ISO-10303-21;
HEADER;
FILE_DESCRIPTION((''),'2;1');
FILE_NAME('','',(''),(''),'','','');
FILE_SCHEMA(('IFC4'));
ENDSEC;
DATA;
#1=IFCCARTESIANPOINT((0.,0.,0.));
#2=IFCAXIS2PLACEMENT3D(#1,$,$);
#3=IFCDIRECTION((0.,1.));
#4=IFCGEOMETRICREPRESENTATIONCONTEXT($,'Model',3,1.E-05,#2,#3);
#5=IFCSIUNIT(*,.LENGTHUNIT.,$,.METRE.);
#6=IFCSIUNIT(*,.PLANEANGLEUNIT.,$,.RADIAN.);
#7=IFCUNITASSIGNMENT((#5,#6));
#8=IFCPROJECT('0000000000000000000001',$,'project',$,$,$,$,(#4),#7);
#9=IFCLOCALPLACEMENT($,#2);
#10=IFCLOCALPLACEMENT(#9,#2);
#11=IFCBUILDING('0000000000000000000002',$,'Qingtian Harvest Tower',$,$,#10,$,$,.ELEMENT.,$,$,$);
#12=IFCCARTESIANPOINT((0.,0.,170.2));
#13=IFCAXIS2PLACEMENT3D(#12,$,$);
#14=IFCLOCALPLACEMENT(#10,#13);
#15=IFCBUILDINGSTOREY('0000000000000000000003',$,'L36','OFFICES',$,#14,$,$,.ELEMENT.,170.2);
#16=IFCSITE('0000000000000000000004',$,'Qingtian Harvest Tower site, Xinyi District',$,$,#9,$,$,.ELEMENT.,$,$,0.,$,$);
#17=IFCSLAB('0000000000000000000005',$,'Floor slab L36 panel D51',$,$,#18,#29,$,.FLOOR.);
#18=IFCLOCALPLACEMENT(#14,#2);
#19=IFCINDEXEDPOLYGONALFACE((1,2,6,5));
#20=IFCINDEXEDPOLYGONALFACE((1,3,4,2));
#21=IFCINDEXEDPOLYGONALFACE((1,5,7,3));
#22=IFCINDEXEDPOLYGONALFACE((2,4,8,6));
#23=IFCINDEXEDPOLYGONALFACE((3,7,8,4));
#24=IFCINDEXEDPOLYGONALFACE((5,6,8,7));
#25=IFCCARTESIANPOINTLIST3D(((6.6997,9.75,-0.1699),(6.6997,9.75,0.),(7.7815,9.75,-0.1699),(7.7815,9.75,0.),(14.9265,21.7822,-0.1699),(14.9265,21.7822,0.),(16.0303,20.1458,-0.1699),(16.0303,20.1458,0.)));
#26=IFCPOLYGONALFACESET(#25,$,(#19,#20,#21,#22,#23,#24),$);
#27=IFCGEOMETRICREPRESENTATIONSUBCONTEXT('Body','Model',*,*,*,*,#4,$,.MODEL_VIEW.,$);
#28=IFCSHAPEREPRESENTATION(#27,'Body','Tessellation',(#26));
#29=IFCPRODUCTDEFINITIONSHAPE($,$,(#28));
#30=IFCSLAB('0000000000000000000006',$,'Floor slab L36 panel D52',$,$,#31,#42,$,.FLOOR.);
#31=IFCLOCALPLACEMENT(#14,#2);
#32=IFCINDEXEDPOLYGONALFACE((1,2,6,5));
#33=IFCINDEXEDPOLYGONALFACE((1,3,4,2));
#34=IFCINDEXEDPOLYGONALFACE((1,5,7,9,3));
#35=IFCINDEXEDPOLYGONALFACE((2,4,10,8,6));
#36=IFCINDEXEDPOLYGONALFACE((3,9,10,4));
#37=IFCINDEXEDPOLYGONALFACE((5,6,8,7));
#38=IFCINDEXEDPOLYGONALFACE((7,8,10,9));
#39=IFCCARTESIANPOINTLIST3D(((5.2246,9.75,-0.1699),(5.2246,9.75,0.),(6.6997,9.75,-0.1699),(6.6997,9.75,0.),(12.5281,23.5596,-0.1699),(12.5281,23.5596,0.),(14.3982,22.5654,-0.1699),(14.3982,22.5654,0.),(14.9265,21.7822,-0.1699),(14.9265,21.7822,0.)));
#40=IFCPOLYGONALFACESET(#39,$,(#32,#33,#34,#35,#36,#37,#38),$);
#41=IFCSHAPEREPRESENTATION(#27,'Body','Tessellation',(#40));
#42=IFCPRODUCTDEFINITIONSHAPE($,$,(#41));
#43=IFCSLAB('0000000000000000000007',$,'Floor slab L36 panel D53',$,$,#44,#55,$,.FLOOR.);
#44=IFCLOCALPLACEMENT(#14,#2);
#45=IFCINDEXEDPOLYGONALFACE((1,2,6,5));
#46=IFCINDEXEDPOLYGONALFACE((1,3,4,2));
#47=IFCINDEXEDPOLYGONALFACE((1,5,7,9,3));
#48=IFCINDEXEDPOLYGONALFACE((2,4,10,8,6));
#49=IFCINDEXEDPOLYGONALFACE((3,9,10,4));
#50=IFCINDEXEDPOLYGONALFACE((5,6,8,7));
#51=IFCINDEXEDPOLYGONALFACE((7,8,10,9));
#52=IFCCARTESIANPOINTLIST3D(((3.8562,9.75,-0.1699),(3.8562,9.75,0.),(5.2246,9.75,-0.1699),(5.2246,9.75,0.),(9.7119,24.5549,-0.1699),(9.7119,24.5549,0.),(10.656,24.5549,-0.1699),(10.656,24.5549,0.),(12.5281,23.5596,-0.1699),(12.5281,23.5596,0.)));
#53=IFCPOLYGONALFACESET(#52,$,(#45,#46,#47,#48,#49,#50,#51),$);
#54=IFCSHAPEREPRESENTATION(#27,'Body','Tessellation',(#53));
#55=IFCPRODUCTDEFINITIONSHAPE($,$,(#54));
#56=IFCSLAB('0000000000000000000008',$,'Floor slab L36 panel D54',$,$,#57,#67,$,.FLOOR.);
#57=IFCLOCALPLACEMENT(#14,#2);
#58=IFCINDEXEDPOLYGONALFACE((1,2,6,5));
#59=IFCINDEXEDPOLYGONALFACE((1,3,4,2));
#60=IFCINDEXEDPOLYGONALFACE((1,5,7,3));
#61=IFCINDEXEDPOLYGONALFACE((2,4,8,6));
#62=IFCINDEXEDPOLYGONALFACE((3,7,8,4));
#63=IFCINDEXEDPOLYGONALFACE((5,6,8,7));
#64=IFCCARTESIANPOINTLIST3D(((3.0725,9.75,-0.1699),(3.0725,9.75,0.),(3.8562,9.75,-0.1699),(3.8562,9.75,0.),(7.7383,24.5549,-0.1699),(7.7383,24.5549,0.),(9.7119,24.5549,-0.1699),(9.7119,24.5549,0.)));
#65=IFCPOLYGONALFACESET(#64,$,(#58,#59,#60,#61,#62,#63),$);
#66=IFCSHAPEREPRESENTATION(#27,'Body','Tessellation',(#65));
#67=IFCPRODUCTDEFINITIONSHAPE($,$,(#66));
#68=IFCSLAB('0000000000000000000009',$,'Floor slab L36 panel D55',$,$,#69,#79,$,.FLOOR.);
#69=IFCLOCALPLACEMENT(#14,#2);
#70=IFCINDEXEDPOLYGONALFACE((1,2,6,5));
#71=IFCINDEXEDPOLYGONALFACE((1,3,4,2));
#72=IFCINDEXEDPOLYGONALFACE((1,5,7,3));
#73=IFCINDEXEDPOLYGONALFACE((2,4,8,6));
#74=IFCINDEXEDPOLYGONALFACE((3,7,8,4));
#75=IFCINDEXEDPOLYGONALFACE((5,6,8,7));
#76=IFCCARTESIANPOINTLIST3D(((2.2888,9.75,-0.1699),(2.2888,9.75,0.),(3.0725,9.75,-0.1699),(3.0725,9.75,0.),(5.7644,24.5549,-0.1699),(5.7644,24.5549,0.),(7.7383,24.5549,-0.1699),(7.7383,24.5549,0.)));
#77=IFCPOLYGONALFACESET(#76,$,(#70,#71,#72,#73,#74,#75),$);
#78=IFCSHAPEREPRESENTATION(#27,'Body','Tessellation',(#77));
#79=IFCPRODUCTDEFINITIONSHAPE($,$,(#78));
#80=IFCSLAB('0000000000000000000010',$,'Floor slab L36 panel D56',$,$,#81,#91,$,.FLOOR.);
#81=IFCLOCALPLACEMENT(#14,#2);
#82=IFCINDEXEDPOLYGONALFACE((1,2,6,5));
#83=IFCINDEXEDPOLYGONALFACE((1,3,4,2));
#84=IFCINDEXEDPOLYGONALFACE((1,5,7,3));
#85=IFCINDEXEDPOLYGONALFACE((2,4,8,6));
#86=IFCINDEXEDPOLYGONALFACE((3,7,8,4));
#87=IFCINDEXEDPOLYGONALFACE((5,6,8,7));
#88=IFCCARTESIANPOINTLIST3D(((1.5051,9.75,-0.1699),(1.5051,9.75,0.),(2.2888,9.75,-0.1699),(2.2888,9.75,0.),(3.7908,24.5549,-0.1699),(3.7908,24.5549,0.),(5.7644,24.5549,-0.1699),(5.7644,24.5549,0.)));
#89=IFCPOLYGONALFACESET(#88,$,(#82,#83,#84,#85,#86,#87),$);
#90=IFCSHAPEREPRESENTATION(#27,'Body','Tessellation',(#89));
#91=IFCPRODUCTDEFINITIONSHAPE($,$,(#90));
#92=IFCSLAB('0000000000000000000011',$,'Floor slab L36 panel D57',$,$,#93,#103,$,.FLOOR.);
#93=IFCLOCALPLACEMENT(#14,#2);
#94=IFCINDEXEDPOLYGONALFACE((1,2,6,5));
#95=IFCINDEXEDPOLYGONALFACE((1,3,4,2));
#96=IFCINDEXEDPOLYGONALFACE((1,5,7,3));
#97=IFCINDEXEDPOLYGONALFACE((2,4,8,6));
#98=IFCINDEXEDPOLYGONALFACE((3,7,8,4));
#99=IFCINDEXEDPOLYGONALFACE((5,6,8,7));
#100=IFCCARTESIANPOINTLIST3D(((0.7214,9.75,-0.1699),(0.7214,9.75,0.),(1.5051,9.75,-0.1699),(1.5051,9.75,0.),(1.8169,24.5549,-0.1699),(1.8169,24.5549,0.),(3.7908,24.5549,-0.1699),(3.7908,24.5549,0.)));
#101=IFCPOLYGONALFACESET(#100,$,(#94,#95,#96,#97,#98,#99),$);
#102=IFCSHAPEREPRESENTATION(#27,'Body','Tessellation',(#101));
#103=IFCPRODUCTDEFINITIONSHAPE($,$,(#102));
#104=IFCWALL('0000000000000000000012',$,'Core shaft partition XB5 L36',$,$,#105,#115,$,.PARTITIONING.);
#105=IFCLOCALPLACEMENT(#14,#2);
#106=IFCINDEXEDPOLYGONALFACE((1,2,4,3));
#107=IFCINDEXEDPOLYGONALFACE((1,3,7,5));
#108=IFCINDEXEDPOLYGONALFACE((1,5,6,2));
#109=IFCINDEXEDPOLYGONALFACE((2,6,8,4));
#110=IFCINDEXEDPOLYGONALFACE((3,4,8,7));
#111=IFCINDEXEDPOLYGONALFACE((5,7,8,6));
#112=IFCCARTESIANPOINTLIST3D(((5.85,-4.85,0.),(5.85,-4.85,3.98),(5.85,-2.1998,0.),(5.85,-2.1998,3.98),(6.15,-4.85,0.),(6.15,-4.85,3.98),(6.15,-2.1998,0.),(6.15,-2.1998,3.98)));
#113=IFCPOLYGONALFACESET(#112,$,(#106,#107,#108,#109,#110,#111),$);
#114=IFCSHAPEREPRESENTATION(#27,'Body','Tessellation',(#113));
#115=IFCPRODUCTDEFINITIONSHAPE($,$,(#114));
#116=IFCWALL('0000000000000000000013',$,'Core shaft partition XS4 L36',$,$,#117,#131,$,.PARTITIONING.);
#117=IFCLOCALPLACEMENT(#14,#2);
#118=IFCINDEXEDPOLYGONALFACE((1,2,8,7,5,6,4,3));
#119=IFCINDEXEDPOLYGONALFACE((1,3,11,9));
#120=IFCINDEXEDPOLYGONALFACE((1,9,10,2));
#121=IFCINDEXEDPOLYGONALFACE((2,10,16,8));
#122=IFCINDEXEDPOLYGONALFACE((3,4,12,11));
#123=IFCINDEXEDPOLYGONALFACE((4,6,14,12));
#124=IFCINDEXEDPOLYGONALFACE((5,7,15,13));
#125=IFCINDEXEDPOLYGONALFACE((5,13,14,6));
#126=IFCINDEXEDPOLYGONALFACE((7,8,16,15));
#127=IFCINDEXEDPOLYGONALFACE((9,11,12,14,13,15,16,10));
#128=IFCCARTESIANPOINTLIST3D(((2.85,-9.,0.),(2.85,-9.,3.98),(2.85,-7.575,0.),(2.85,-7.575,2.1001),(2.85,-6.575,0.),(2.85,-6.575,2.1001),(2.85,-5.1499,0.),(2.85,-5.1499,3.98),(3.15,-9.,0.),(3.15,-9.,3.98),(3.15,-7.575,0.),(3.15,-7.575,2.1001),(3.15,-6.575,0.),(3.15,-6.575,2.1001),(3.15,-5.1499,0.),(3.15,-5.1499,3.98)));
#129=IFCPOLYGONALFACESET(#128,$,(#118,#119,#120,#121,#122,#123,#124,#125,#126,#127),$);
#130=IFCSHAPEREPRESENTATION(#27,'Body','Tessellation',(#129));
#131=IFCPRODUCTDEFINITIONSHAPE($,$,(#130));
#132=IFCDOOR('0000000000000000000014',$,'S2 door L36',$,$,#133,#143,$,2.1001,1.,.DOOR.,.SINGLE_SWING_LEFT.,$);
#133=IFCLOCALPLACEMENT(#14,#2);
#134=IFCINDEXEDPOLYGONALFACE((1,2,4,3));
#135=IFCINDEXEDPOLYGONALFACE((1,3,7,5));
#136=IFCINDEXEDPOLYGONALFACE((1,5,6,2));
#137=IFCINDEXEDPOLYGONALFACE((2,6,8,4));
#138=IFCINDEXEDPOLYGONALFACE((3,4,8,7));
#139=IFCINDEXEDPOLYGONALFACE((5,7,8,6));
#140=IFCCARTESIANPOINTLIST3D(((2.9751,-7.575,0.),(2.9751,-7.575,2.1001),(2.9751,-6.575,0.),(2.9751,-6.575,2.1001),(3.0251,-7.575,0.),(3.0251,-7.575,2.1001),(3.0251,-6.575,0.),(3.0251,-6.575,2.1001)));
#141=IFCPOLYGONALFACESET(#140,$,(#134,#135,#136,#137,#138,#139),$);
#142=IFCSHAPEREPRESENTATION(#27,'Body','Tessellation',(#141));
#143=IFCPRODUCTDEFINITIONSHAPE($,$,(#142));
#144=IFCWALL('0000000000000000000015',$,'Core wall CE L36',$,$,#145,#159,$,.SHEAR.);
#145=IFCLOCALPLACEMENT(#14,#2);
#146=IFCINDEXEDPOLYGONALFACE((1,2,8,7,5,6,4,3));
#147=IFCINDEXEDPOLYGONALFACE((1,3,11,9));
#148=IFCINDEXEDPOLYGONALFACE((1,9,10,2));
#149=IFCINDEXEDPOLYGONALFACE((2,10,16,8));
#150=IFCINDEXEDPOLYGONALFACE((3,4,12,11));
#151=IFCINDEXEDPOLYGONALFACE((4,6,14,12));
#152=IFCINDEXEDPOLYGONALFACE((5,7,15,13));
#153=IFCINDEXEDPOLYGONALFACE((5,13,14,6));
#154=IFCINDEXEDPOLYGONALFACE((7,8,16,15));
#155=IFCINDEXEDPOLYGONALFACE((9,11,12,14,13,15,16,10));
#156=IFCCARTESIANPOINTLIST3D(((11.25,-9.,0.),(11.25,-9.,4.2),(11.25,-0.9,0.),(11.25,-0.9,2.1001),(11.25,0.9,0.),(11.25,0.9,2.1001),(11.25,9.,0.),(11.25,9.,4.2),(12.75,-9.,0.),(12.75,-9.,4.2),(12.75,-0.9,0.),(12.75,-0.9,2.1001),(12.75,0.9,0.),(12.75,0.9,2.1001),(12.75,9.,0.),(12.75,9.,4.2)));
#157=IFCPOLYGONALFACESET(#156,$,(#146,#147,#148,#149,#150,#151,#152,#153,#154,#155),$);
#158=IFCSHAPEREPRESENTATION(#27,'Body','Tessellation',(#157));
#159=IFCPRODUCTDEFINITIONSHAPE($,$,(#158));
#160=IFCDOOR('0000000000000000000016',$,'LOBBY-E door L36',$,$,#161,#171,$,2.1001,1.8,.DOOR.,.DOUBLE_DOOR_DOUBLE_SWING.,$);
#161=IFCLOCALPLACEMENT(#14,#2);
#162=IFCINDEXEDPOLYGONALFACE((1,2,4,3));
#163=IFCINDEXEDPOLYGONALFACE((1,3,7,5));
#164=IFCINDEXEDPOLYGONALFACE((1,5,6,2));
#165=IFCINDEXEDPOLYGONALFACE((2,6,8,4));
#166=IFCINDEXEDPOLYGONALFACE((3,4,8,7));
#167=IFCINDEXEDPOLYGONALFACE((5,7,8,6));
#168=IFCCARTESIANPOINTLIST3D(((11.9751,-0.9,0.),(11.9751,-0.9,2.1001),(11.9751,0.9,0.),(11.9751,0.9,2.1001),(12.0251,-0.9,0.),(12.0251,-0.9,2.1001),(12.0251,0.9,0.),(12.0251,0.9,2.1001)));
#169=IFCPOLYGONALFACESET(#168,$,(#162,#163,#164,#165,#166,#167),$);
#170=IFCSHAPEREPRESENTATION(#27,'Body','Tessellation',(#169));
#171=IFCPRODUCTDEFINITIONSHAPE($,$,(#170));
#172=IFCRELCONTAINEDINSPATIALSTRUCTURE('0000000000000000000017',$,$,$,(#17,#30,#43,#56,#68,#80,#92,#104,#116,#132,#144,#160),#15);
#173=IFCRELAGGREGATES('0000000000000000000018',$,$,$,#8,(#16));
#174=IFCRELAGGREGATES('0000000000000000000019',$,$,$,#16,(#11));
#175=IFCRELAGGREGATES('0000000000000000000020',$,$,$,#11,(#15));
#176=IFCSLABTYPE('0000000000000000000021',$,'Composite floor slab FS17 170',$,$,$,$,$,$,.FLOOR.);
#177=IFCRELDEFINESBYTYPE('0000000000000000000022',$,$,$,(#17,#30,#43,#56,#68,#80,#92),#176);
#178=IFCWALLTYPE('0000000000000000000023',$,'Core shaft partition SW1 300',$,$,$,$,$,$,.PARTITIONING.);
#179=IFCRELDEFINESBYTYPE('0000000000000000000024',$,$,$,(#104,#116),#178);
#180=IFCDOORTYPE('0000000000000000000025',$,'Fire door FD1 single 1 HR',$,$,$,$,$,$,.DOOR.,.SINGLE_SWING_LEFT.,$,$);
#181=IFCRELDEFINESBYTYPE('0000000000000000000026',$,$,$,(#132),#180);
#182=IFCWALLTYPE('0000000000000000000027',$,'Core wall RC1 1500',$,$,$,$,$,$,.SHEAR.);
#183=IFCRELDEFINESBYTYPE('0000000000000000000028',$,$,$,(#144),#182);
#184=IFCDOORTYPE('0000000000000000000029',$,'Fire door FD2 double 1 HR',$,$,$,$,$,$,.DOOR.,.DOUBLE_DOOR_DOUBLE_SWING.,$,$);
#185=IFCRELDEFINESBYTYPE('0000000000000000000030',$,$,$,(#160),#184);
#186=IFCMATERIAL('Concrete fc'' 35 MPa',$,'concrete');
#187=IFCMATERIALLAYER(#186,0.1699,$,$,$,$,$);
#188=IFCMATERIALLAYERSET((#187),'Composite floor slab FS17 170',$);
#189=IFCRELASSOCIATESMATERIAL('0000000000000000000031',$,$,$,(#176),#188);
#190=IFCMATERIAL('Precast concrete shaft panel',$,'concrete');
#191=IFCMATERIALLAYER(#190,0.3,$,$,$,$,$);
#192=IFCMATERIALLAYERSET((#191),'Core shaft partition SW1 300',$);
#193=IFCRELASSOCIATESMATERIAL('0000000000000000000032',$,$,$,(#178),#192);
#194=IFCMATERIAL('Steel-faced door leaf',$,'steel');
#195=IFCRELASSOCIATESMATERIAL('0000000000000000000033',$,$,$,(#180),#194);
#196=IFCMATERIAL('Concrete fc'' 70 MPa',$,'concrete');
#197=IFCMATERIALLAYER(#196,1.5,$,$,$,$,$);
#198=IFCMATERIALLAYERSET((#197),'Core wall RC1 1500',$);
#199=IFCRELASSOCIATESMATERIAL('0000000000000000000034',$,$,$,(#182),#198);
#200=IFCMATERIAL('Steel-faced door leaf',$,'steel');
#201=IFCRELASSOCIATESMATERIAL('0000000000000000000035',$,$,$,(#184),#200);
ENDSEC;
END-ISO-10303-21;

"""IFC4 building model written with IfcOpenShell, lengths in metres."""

from ifc_helpers import new_model, si_unit, direction, frame, frame_2d, origin, place, context, subcontext, project, spatial, polyline, rectangle, outline, extrude, material, layer, layer_set, type_object, element, fill, save


model = new_model("IFC4")

# Units and contexts
model_context = context("Model", 3, precision=1e-05, world=origin(), true_north=direction((0.0, 1.0)))
body_context = subcontext(model_context, "Body", "Model", "MODEL_VIEW")
ifc_project = project(units=[si_unit("LENGTHUNIT", "METRE"), si_unit("PLANEANGLEUNIT", "RADIAN")], contexts=[model_context])

# Site, building, storey
site_placement = place(None, origin())
site = spatial("IfcSite", under=ifc_project, at=site_placement, Name="Qingtian Harvest Tower site, Xinyi District", CompositionType="ELEMENT", RefElevation=0.0)
building_placement = place(site_placement, origin())
building = spatial("IfcBuilding", under=site, at=building_placement, Name="Qingtian Harvest Tower", CompositionType="ELEMENT")
storey_placement = place(building_placement, frame((0.0, 0.0, 170.2)))
storey = spatial("IfcBuildingStorey", under=building, at=storey_placement, Name="L36", Description="OFFICES", CompositionType="ELEMENT", Elevation=170.2)

# Slabs
ifc_material_1 = material(Name="Concrete fc' 35 MPa", Category="concrete")
ifc_layer_1 = layer(ifc_material_1, 0.1699)
ifc_layer_set_1 = layer_set([ifc_layer_1], Name="Composite floor slab FS17 170")
slab_type = type_object("IfcSlabType", Name="Composite floor slab FS17 170", PredefinedType="FLOOR", material=ifc_layer_set_1)
slab_1_placement = place(storey_placement, frame((0.0, 0.0, -0.1699)))
element("IfcSlab", 1, at=slab_1_placement, inside=storey, type_object=slab_type, Name="Floor slab L36 panel D51", PredefinedType="FLOOR", context=body_context, shape_type="SweptSolid", body=[
    extrude(outline(polyline([(6.6997, 9.75), (14.9265, 21.7822), (16.0303, 20.1458), (7.7815, 9.75), (6.6997, 9.75)])), origin(), (0.0, 0.0, 1.0), 0.1699),
])
slab_2_placement = place(storey_placement, frame((0.0, 0.0, -0.1699)))
element("IfcSlab", 2, at=slab_2_placement, inside=storey, type_object=slab_type, Name="Floor slab L36 panel D52", PredefinedType="FLOOR", context=body_context, shape_type="SweptSolid", body=[
    extrude(outline(polyline([(6.6997, 9.75), (5.2246, 9.75), (12.5281, 23.5596), (14.3982, 22.5654), (14.9265, 21.7822), (6.6997, 9.75)])), origin(), (0.0, 0.0, 1.0), 0.1699),
])
slab_3_placement = place(storey_placement, frame((0.0, 0.0, -0.1699)))
element("IfcSlab", 3, at=slab_3_placement, inside=storey, type_object=slab_type, Name="Floor slab L36 panel D53", PredefinedType="FLOOR", context=body_context, shape_type="SweptSolid", body=[
    extrude(outline(polyline([(3.8562, 9.75), (9.7119, 24.5549), (10.656, 24.5549), (12.5281, 23.5596), (5.2246, 9.75), (3.8562, 9.75)])), origin(), (0.0, 0.0, 1.0), 0.1699),
])
slab_4_placement = place(storey_placement, frame((0.0, 0.0, -0.1699)))
element("IfcSlab", 4, at=slab_4_placement, inside=storey, type_object=slab_type, Name="Floor slab L36 panel D54", PredefinedType="FLOOR", context=body_context, shape_type="SweptSolid", body=[
    extrude(outline(polyline([(3.0725, 9.75), (7.7383, 24.5549), (9.7119, 24.5549), (3.8562, 9.75), (3.0725, 9.75)])), origin(), (0.0, 0.0, 1.0), 0.1699),
])
slab_5_placement = place(storey_placement, frame((0.0, 0.0, -0.1699)))
element("IfcSlab", 5, at=slab_5_placement, inside=storey, type_object=slab_type, Name="Floor slab L36 panel D55", PredefinedType="FLOOR", context=body_context, shape_type="SweptSolid", body=[
    extrude(outline(polyline([(2.2888, 9.75), (5.7644, 24.5549), (7.7383, 24.5549), (3.0725, 9.75), (2.2888, 9.75)])), origin(), (0.0, 0.0, 1.0), 0.1699),
])
slab_6_placement = place(storey_placement, frame((0.0, 0.0, -0.1699)))
element("IfcSlab", 6, at=slab_6_placement, inside=storey, type_object=slab_type, Name="Floor slab L36 panel D56", PredefinedType="FLOOR", context=body_context, shape_type="SweptSolid", body=[
    extrude(outline(polyline([(1.5051, 9.75), (3.7908, 24.5549), (5.7644, 24.5549), (2.2888, 9.75), (1.5051, 9.75)])), origin(), (0.0, 0.0, 1.0), 0.1699),
])
slab_7_placement = place(storey_placement, frame((0.0, 0.0, -0.1699)))
element("IfcSlab", 7, at=slab_7_placement, inside=storey, type_object=slab_type, Name="Floor slab L36 panel D57", PredefinedType="FLOOR", context=body_context, shape_type="SweptSolid", body=[
    extrude(outline(polyline([(0.7214, 9.75), (1.8169, 24.5549), (3.7908, 24.5549), (1.5051, 9.75), (0.7214, 9.75)])), origin(), (0.0, 0.0, 1.0), 0.1699),
])

# Wall
ifc_material_2 = material(Name="Precast concrete shaft panel", Category="concrete")
ifc_layer_2 = layer(ifc_material_2, 0.3)
ifc_layer_set_2 = layer_set([ifc_layer_2], Name="Core shaft partition SW1 300")
wall_type_1 = type_object("IfcWallType", Name="Core shaft partition SW1 300", PredefinedType="PARTITIONING", material=ifc_layer_set_2)
wall_1_placement = place(storey_placement, frame((6.0, -4.8501, 0.0), z_axis=(0.0, 0.0, 1.0), x_axis=(0.0, 1.0, 0.0)))
element("IfcWall", 8, at=wall_1_placement, inside=storey, type_object=wall_type_1, Name="Core shaft partition XB5 L36", PredefinedType="PARTITIONING", context=body_context, shape_type="SweptSolid", body=[
    extrude(rectangle(XDim=2.6501, YDim=0.3, at=frame_2d((1.3252, 0.0))), origin(), (0.0, 0.0, 1.0), 3.98),
])

# Walls, openings, doors
wall_2_placement = place(storey_placement, frame((3.0, -9.0, 0.0), z_axis=(0.0, 0.0, 1.0), x_axis=(0.0, 1.0, 0.0)))
wall_2 = element("IfcWall", 9, at=wall_2_placement, inside=storey, type_object=wall_type_1, Name="Core shaft partition XS4 L36", PredefinedType="PARTITIONING", context=body_context, shape_type="SweptSolid", body=[
    extrude(rectangle(XDim=3.8501, YDim=0.3, at=frame_2d((1.925, 0.0))), origin(), (0.0, 0.0, 1.0), 3.98),
])
opening_1_placement = place(wall_2_placement, frame((1.425, 0.0, 0.0)))
opening_1 = element("IfcOpeningElement", 10, at=opening_1_placement, cuts=wall_2, PredefinedType="OPENING", context=body_context, shape_type="SweptSolid", body=[
    extrude(rectangle(XDim=1.0, YDim=2.1001, at=frame_2d((0.5, 1.05))), frame((0.0, 0.1599, 0.0), z_axis=(0.0, -1.0, 0.0), x_axis=(1.0, 0.0, 0.0)), (0.0, 0.0, 1.0), 0.3201),
])
ifc_material_3 = material(Name="Steel-faced door leaf", Category="steel")
door_type_1 = type_object("IfcDoorType", Name="Fire door FD1 single 1 HR", OperationType="SINGLE_SWING_LEFT", PredefinedType="DOOR", material=ifc_material_3)
door_1_placement = place(opening_1_placement, origin())
door_1 = element("IfcDoor", 11, at=door_1_placement, inside=storey, type_object=door_type_1, Name="S2 door L36", OperationType="SINGLE_SWING_LEFT", OverallHeight=2.1001, OverallWidth=1.0, PredefinedType="DOOR", context=body_context, shape_type="SweptSolid", body=[
    extrude(rectangle(XDim=1.0, YDim=2.1001, at=frame_2d((0.5, 1.05))), frame((0.0, 0.0249, 0.0), z_axis=(0.0, -1.0, 0.0), x_axis=(1.0, 0.0, 0.0)), (0.0, 0.0, 1.0), 0.05),
])
fill(opening_1, door_1)
ifc_material_4 = material(Name="Concrete fc' 70 MPa", Category="concrete")
ifc_layer_3 = layer(ifc_material_4, 1.5)
ifc_layer_set_3 = layer_set([ifc_layer_3], Name="Core wall RC1 1500")
wall_type_2 = type_object("IfcWallType", Name="Core wall RC1 1500", PredefinedType="SHEAR", material=ifc_layer_set_3)
wall_3_placement = place(storey_placement, frame((12.0, -9.0, 0.0), z_axis=(0.0, 0.0, 1.0), x_axis=(0.0, 1.0, 0.0)))
wall_3 = element("IfcWall", 12, at=wall_3_placement, inside=storey, type_object=wall_type_2, Name="Core wall CE L36", PredefinedType="SHEAR", context=body_context, shape_type="SweptSolid", body=[
    extrude(rectangle(XDim=18.0, YDim=1.5, at=frame_2d((9.0, 0.0))), origin(), (0.0, 0.0, 1.0), 4.2),
])
opening_2_placement = place(wall_3_placement, frame((8.1001, 0.0, 0.0)))
opening_2 = element("IfcOpeningElement", 13, at=opening_2_placement, cuts=wall_3, PredefinedType="OPENING", context=body_context, shape_type="SweptSolid", body=[
    extrude(rectangle(XDim=1.8, YDim=2.1001, at=frame_2d((0.8999, 1.05))), frame((0.0, 0.76, 0.0), z_axis=(0.0, -1.0, 0.0), x_axis=(1.0, 0.0, 0.0)), (0.0, 0.0, 1.0), 1.52),
])
ifc_material_5 = material(Name="Steel-faced door leaf", Category="steel")
door_type_2 = type_object("IfcDoorType", Name="Fire door FD2 double 1 HR", OperationType="DOUBLE_DOOR_DOUBLE_SWING", PredefinedType="DOOR", material=ifc_material_5)
door_2_placement = place(opening_2_placement, origin())
door_2 = element("IfcDoor", 14, at=door_2_placement, inside=storey, type_object=door_type_2, Name="LOBBY-E door L36", OperationType="DOUBLE_DOOR_DOUBLE_SWING", OverallHeight=2.1001, OverallWidth=1.8, PredefinedType="DOOR", context=body_context, shape_type="SweptSolid", body=[
    extrude(rectangle(XDim=1.8, YDim=2.1001, at=frame_2d((0.8999, 1.05))), frame((0.0, 0.0249, 0.0), z_axis=(0.0, -1.0, 0.0), x_axis=(1.0, 0.0, 0.0)), (0.0, 0.0, 1.0), 0.05),
])
fill(opening_2, door_2)

save(model, "model.ifc")
